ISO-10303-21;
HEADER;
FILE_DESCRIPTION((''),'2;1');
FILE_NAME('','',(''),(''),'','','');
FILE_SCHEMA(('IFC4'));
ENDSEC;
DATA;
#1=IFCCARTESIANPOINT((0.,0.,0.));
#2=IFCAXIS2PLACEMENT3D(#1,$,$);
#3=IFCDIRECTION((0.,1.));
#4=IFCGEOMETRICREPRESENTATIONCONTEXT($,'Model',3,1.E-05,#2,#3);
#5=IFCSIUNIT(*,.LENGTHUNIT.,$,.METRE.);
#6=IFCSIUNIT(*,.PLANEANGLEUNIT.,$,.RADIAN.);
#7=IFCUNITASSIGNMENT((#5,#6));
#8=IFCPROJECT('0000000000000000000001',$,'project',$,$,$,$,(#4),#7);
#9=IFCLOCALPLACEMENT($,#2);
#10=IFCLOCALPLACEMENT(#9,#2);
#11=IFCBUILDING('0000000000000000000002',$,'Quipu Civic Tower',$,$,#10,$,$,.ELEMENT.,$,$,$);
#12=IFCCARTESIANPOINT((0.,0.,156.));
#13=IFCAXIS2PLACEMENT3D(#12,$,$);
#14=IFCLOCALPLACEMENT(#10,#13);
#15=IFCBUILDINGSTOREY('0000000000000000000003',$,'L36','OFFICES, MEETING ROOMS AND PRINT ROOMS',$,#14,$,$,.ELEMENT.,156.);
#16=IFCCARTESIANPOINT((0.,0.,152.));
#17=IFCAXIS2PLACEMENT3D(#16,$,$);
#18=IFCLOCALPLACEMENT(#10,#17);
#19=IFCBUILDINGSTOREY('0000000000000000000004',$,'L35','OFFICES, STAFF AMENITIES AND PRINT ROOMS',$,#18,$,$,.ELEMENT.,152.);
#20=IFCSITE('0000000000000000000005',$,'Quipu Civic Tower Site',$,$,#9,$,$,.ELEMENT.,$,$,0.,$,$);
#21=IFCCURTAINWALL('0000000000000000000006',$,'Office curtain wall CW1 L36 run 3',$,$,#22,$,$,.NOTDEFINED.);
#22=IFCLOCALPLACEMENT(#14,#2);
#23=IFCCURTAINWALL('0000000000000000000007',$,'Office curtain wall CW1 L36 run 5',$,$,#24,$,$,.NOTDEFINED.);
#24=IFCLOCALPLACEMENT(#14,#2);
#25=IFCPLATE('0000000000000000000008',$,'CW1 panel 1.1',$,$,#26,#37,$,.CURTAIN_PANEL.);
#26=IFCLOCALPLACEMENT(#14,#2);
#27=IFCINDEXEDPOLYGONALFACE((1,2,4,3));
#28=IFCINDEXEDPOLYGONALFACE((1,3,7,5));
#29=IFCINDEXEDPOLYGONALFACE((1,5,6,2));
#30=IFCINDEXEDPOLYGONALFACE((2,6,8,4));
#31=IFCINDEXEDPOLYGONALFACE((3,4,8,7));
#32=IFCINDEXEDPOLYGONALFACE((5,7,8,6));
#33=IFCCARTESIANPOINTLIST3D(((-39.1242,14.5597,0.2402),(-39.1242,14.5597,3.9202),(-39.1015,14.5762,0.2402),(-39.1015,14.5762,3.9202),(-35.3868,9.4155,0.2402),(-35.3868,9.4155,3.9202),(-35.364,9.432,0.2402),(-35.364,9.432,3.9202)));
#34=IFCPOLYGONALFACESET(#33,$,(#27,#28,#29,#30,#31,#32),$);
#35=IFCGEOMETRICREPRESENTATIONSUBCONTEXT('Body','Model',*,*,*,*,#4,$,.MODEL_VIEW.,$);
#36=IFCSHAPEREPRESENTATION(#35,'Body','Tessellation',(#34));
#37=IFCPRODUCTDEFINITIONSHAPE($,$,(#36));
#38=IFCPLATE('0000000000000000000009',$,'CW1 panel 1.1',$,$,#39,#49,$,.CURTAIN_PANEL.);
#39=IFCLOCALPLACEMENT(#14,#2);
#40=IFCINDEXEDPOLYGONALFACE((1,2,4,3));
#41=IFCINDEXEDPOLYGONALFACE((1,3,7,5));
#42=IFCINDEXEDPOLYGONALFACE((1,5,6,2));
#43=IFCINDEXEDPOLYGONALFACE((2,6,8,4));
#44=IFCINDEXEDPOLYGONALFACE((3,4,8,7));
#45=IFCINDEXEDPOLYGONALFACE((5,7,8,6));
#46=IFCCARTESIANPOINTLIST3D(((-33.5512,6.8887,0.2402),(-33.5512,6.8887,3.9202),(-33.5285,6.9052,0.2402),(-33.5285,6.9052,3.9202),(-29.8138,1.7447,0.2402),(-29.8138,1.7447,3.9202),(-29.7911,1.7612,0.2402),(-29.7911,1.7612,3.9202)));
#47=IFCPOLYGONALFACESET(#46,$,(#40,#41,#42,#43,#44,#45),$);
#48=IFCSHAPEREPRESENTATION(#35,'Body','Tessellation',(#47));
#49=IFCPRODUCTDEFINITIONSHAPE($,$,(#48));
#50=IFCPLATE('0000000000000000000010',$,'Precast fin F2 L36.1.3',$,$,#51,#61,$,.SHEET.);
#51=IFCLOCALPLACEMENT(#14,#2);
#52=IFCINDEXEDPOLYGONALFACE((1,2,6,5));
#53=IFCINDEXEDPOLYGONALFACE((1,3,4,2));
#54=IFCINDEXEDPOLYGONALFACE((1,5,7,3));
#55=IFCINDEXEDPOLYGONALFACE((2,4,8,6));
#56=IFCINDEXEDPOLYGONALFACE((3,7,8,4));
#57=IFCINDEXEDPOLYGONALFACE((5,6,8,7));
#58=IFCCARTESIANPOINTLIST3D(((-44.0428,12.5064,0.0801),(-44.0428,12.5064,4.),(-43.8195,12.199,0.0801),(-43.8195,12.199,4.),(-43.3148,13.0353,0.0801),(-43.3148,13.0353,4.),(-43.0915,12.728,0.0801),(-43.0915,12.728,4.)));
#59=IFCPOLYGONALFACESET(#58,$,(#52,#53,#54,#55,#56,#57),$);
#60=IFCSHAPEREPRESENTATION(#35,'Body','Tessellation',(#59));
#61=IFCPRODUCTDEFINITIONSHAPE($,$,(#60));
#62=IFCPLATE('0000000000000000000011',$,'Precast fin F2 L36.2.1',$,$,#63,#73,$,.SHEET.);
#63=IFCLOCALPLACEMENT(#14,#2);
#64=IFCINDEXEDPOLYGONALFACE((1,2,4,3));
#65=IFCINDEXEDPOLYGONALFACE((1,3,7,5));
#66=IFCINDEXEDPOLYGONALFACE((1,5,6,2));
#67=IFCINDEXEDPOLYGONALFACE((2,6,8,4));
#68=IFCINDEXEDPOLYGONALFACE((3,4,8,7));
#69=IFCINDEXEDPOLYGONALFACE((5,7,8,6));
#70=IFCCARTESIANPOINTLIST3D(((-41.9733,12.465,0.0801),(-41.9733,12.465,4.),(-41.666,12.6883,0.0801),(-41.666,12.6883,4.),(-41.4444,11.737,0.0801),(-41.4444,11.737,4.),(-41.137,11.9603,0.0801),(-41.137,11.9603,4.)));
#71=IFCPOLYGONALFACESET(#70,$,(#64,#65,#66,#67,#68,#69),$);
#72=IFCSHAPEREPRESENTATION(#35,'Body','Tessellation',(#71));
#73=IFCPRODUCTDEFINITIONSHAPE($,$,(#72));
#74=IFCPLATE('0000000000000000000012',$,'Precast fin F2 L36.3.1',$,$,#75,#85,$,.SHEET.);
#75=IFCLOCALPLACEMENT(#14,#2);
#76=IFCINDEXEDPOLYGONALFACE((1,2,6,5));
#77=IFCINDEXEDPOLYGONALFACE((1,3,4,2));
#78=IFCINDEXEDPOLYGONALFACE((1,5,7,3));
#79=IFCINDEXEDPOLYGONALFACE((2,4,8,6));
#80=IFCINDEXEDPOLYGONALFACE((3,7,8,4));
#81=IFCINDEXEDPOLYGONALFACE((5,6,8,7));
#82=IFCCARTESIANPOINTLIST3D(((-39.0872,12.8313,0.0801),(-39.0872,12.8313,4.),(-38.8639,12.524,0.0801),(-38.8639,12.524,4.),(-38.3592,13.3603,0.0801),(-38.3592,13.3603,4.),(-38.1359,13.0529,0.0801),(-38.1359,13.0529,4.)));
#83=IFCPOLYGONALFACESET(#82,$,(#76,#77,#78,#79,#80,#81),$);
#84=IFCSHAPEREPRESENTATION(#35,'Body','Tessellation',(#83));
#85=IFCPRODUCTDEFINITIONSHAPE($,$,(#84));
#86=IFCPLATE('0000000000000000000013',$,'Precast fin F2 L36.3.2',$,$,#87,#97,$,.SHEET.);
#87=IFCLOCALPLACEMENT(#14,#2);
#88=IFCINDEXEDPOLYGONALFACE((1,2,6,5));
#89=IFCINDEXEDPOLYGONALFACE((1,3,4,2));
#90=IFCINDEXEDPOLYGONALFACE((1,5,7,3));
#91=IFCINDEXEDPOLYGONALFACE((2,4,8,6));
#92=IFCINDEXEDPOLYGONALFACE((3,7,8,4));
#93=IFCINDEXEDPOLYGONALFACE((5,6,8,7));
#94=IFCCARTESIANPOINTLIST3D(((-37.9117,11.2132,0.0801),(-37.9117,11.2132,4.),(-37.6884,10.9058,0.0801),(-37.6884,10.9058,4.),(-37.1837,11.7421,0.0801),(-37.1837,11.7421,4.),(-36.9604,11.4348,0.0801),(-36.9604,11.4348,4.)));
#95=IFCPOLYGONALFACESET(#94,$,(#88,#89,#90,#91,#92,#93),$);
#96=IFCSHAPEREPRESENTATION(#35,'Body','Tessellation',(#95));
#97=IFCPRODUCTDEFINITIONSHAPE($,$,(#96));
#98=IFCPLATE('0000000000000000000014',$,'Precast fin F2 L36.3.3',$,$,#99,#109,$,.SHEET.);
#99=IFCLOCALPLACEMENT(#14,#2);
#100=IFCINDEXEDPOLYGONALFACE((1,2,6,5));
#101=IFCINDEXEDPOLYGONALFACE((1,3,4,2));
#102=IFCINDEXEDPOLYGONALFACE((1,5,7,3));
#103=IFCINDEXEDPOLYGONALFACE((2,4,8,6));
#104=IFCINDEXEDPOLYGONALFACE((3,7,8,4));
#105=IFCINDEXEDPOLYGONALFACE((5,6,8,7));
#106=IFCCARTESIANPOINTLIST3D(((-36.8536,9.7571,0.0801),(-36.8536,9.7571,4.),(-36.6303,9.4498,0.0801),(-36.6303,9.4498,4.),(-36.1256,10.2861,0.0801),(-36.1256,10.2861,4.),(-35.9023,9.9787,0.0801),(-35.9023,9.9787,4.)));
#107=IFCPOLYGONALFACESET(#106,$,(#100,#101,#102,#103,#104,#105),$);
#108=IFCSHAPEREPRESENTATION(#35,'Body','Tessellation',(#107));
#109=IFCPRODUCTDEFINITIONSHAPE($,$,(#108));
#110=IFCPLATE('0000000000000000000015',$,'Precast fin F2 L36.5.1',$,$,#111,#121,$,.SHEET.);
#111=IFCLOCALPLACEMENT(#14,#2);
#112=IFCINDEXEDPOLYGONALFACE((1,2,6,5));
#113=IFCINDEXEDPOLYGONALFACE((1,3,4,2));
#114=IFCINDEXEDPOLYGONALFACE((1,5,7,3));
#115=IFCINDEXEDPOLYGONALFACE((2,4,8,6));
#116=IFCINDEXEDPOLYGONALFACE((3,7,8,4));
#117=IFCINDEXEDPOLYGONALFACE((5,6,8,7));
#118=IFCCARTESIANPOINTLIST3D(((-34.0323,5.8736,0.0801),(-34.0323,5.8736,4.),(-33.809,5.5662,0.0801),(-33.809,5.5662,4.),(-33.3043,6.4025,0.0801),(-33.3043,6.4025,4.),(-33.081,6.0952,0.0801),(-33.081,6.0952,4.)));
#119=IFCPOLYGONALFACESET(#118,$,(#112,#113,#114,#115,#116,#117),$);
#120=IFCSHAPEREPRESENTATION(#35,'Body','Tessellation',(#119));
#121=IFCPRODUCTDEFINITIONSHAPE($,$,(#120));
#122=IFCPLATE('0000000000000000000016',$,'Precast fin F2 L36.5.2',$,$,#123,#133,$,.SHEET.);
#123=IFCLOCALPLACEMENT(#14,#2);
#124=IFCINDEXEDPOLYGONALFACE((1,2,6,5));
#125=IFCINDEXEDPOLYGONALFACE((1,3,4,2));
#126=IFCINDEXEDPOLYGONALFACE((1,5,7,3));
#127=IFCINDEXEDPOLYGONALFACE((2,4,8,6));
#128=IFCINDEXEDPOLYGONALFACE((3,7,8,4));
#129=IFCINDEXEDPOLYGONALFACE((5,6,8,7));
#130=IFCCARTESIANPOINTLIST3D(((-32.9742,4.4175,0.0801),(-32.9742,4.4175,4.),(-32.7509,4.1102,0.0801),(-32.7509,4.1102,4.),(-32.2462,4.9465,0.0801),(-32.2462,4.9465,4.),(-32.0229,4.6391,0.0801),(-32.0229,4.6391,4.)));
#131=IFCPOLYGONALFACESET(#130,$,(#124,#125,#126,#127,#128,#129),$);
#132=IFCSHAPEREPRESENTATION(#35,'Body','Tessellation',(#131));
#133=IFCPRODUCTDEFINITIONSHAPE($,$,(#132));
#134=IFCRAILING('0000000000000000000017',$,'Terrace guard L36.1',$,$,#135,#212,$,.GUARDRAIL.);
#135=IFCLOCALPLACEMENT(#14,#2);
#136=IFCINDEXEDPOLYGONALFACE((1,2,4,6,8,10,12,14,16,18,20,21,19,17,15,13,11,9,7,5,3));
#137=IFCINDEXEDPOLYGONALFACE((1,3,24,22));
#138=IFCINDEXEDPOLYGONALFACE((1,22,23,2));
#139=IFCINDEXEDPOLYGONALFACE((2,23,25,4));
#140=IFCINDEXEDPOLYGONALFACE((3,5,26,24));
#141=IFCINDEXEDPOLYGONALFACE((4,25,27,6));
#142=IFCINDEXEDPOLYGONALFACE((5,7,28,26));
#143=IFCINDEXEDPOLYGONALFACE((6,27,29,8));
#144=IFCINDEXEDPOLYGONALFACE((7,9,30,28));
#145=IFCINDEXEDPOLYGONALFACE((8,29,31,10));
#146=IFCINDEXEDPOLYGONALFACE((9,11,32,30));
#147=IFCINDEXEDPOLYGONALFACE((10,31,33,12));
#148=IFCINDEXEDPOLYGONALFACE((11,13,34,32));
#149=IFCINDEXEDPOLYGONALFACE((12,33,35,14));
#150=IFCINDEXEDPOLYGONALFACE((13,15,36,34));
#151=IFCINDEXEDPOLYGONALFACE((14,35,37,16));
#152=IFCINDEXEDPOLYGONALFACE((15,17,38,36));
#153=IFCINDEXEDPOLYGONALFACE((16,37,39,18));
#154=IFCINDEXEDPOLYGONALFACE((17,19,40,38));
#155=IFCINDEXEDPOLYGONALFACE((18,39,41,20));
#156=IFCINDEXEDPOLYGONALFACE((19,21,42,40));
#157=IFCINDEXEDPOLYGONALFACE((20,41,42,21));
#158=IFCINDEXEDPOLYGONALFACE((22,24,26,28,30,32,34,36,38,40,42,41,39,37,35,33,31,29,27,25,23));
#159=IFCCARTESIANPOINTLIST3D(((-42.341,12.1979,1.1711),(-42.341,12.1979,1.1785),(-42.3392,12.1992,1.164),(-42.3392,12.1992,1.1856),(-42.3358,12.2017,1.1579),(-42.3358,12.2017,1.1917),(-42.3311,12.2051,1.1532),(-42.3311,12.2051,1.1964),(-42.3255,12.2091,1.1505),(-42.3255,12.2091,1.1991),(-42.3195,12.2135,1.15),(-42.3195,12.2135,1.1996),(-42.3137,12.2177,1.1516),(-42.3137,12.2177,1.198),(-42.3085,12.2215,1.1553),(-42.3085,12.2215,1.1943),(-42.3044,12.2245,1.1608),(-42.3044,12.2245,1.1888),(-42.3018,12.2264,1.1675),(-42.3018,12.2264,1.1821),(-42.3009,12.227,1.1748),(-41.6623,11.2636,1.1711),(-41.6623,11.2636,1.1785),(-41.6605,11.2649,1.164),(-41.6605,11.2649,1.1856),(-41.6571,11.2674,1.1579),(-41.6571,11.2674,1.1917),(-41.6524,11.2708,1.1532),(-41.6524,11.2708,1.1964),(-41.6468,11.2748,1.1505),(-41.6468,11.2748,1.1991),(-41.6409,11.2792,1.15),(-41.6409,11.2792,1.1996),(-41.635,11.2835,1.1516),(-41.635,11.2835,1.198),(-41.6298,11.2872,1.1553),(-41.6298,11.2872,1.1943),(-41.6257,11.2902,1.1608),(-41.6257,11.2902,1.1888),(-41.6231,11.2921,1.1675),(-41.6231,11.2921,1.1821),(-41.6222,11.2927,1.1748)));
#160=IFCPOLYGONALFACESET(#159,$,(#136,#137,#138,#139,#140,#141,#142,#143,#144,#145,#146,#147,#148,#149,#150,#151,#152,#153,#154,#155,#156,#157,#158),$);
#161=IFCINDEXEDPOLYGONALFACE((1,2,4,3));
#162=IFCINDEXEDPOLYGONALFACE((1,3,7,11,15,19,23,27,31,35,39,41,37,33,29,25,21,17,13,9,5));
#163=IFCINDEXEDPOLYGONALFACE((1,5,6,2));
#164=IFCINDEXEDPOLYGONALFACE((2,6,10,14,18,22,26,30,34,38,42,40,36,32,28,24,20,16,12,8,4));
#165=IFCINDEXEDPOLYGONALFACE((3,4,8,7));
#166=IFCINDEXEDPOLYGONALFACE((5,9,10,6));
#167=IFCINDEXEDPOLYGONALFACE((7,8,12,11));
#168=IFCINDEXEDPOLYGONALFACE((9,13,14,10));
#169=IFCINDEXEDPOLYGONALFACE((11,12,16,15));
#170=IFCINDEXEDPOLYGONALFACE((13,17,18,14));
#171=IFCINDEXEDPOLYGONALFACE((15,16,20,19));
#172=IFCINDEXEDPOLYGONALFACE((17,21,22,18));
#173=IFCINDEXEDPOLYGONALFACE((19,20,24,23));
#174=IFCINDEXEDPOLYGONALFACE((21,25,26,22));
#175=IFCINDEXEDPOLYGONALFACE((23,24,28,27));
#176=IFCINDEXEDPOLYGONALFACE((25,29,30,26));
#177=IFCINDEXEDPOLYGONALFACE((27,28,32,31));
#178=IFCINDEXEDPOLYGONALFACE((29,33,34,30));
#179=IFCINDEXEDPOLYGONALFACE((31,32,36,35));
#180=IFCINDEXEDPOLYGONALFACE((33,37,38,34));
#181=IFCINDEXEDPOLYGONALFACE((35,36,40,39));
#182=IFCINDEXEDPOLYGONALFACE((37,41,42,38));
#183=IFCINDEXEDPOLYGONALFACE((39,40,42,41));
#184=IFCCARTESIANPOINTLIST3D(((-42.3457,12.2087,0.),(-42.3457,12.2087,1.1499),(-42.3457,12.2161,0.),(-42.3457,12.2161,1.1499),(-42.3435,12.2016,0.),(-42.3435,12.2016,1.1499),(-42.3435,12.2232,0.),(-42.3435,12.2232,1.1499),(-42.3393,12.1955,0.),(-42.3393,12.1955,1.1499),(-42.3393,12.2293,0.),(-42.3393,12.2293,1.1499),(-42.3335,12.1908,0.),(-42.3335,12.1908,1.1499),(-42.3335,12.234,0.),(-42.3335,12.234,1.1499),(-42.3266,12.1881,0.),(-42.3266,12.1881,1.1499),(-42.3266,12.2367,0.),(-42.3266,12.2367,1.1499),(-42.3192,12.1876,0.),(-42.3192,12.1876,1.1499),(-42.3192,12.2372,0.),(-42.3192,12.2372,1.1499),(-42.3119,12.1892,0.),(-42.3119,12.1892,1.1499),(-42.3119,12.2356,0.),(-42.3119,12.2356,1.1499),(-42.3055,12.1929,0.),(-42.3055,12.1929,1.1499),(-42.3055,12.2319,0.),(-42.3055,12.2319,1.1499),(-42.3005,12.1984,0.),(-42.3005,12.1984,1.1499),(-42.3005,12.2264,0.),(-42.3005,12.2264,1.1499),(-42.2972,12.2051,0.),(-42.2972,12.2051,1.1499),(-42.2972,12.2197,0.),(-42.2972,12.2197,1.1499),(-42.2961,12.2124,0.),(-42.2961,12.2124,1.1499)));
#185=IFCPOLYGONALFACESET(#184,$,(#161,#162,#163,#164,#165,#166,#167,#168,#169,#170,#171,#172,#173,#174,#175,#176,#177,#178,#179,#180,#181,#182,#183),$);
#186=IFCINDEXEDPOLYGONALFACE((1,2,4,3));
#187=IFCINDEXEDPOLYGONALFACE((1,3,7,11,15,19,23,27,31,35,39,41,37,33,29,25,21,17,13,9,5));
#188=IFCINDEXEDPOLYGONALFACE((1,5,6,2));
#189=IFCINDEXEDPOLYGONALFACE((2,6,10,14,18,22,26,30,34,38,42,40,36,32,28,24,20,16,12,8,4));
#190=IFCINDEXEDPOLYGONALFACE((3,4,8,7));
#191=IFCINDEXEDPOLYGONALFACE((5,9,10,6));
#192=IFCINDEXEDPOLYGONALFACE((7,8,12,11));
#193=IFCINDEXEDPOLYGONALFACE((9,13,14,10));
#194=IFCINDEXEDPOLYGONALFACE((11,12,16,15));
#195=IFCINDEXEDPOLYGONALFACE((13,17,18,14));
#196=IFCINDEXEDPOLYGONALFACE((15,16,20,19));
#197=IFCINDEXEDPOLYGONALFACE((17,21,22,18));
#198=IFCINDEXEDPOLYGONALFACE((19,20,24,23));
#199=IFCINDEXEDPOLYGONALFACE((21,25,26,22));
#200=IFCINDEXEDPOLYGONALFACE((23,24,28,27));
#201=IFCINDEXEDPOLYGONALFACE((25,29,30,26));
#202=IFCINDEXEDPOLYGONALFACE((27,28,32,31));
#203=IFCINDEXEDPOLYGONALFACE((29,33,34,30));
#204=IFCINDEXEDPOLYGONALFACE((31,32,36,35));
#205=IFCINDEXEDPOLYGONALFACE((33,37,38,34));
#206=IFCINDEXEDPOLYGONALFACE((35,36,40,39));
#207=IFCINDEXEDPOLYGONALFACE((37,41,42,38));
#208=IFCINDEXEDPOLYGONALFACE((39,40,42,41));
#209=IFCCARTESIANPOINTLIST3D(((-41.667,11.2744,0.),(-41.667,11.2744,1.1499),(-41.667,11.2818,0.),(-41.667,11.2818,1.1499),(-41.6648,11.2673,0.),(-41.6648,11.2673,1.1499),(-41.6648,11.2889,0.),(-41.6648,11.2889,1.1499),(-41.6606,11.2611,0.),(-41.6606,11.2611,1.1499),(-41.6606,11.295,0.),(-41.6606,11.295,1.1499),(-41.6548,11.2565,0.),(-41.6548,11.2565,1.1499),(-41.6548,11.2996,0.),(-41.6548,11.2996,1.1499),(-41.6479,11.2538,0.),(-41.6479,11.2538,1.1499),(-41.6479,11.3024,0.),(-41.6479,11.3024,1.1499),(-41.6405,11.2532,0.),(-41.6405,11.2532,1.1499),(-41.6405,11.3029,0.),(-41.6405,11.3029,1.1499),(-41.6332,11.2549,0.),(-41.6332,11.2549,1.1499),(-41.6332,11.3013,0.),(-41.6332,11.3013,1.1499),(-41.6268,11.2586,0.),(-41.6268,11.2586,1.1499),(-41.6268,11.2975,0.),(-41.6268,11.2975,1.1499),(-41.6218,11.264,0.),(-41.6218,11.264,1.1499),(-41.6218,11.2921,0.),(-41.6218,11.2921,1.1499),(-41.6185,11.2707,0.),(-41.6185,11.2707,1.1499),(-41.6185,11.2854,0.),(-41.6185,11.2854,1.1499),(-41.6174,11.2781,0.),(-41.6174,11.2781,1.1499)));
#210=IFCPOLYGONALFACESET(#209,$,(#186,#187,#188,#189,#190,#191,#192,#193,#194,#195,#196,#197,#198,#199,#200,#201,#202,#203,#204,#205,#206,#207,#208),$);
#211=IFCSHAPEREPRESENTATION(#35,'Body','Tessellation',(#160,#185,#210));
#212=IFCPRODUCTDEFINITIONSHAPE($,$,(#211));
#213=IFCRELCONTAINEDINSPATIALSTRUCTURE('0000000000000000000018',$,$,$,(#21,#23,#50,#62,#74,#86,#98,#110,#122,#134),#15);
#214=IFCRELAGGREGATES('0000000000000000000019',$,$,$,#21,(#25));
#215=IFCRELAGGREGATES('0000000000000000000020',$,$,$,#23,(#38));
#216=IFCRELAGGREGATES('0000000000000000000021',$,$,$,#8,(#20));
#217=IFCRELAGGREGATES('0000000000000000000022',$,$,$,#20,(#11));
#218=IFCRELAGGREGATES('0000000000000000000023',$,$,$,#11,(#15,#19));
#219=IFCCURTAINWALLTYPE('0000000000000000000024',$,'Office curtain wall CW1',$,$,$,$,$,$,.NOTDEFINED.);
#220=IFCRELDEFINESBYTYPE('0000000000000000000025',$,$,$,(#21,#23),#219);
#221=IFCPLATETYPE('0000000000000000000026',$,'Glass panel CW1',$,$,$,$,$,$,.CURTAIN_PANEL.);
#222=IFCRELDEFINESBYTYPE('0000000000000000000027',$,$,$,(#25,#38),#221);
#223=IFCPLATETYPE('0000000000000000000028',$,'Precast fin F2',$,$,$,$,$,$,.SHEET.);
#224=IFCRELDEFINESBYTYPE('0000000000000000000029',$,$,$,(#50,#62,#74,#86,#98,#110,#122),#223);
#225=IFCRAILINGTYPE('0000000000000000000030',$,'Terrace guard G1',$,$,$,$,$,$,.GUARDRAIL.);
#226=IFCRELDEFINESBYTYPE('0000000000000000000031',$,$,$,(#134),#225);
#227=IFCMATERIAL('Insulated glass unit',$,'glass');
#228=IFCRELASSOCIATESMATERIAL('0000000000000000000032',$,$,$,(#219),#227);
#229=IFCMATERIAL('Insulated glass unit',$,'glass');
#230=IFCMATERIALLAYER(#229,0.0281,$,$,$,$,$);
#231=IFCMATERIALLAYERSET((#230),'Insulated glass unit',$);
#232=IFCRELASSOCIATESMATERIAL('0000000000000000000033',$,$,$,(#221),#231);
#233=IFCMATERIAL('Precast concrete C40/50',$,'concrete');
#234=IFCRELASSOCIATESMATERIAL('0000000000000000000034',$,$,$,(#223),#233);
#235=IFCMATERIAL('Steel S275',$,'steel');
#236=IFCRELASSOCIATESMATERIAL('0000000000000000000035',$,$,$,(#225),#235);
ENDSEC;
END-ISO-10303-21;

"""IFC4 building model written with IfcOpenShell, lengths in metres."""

from ifc_helpers import new_model, si_unit, direction, frame, origin, origin_2d, place, context, subcontext, project, spatial, rectangle, circle, extrude, material, layer, layer_set, type_object, element, aggregate, save


model = new_model("IFC4")

# Units and contexts
model_context = context("Model", 3, precision=1e-05, world=origin(), true_north=direction((0.0, 1.0)))
body_context = subcontext(model_context, "Body", "Model", "MODEL_VIEW")
ifc_project = project(units=[si_unit("LENGTHUNIT", "METRE"), si_unit("PLANEANGLEUNIT", "RADIAN")], contexts=[model_context])

# Site, building, storey
site_placement = place(None, origin())
site = spatial("IfcSite", under=ifc_project, at=site_placement, Name="Quipu Civic Tower Site", CompositionType="ELEMENT", RefElevation=0.0)
building_placement = place(site_placement, origin())
building = spatial("IfcBuilding", under=site, at=building_placement, Name="Quipu Civic Tower", CompositionType="ELEMENT")
storey_1_placement = place(building_placement, frame((0.0, 0.0, 156.0)))
storey_1 = spatial("IfcBuildingStorey", under=building, at=storey_1_placement, Name="L36", Description="OFFICES, MEETING ROOMS AND PRINT ROOMS", CompositionType="ELEMENT", Elevation=156.0)

# Curtain walls
ifc_material_1 = material(Name="Insulated glass unit", Category="glass")
curtain_wall_type = type_object("IfcCurtainWallType", Name="Office curtain wall CW1", PredefinedType="NOTDEFINED", material=ifc_material_1)
curtain_wall_1_placement = place(storey_1_placement, origin())
curtain_wall_1 = element("IfcCurtainWall", 1, at=curtain_wall_1_placement, inside=storey_1, type_object=curtain_wall_type, Name="Office curtain wall CW1 L36 run 3", PredefinedType="NOTDEFINED")
curtain_wall_2_placement = place(storey_1_placement, origin())
curtain_wall_2 = element("IfcCurtainWall", 2, at=curtain_wall_2_placement, inside=storey_1, type_object=curtain_wall_type, Name="Office curtain wall CW1 L36 run 5", PredefinedType="NOTDEFINED")

# Shared definitions
storey_2_placement = place(building_placement, frame((0.0, 0.0, 152.0)))
storey_2 = spatial("IfcBuildingStorey", under=building, at=storey_2_placement, Name="L35", Description="OFFICES, STAFF AMENITIES AND PRINT ROOMS", CompositionType="ELEMENT", Elevation=152.0)

# Plates
ifc_material_2 = material(Name="Insulated glass unit", Category="glass")
ifc_layer = layer(ifc_material_2, 0.0281)
ifc_layer_set = layer_set([ifc_layer], Name="Insulated glass unit")
plate_type_1 = type_object("IfcPlateType", Name="Glass panel CW1", PredefinedType="CURTAIN_PANEL", material=ifc_layer_set)
plate_1_placement = place(storey_1_placement, frame((-37.2441, 11.9958, 0.2402), z_axis=(0.0, 0.0, 1.0), x_axis=(0.587778, -0.809022, 0.0)))
plate_1 = element("IfcPlate", 3, at=plate_1_placement, type_object=plate_type_1, Name="CW1 panel 1.1", PredefinedType="CURTAIN_PANEL", context=body_context, shape_type="SweptSolid", body=[
    extrude(rectangle(XDim=6.3586, YDim=0.0281, at=origin_2d()), origin(), (0.0, 0.0, 1.0), 3.6799),
])
aggregate(curtain_wall_1, [plate_1])
plate_2_placement = place(storey_1_placement, frame((-31.6711, 4.325, 0.2402), z_axis=(0.0, 0.0, 1.0), x_axis=(0.587783, -0.809019, 0.0)))
plate_2 = element("IfcPlate", 4, at=plate_2_placement, type_object=plate_type_1, Name="CW1 panel 1.1", PredefinedType="CURTAIN_PANEL", context=body_context, shape_type="SweptSolid", body=[
    extrude(rectangle(XDim=6.3584, YDim=0.0281, at=origin_2d()), origin(), (0.0, 0.0, 1.0), 3.6799),
])
aggregate(curtain_wall_2, [plate_2])

# Plates
ifc_material_3 = material(Name="Precast concrete C40/50", Category="concrete")
plate_type_2 = type_object("IfcPlateType", Name="Precast fin F2", PredefinedType="SHEET", material=ifc_material_3)
for number, where, z_axis, x_axis, name in (
    (5, (-43.5671, 12.6172, 0.0801), (0.0, 0.0, 1.0), (0.587788, -0.809015, 0.0), "Precast fin F2 L36.1.3"),
    (6, (-41.5552, 12.2126, 0.0801), (0.0, 0.0, 1.0), (0.809019, 0.587782, 0.0), "Precast fin F2 L36.2.1"),
    (7, (-38.6116, 12.9421, 0.0801), (0.0, 0.0, 1.0), (0.587784, -0.809018, 0.0), "Precast fin F2 L36.3.1"),
    (8, (-37.436, 11.324, 0.0801), (0.0, 0.0, 1.0), (0.587784, -0.809018, 0.0), "Precast fin F2 L36.3.2"),
    (9, (-36.3779, 9.8679, 0.0801), (0.0, 0.0, 1.0), (0.587784, -0.809018, 0.0), "Precast fin F2 L36.3.3"),
    (10, (-33.5566, 5.9844, 0.0801), (0.0, 0.0, 1.0), (0.587784, -0.809018, 0.0), "Precast fin F2 L36.5.1"),
    (11, (-32.4985, 4.5283, 0.0801), (0.0, 0.0, 1.0), (0.587784, -0.809018, 0.0), "Precast fin F2 L36.5.2"),
):
    element("IfcPlate", number, at=place(storey_1_placement, frame(where, z_axis=z_axis, x_axis=x_axis)), inside=storey_1, type_object=plate_type_2, Name=name, PredefinedType="SHEET", context=body_context, shape_type="SweptSolid", body=[
        extrude(rectangle(XDim=0.3799, YDim=0.8999, at=origin_2d()), origin(), (0.0, 0.0, 1.0), 3.9199),
    ])

# Railing
ifc_material_4 = material(Name="Steel S275", Category="steel")
railing_type = type_object("IfcRailingType", Name="Terrace guard G1", PredefinedType="GUARDRAIL", material=ifc_material_4)
railing_1_placement = place(storey_1_placement, frame((-42.321, 12.2124, 0.0)))
element("IfcRailing", 12, at=railing_1_placement, inside=storey_1, type_object=railing_type, Name="Terrace guard L36.1", PredefinedType="GUARDRAIL", context=body_context, shape_type="SweptSolid", body=[
    extrude(circle(Radius=0.0249, at=origin_2d()), frame((0.0, 0.0, 1.1748), z_axis=(0.587719, -0.809065, 0.0), x_axis=(0.809065, 0.587719, 0.0)), (0.0, 0.0, 1.0), 1.1548),
    extrude(circle(Radius=0.0249, at=origin_2d()), origin(), (0.0, 0.0, 1.0), 1.1499),
    extrude(circle(Radius=0.0249, at=origin_2d()), frame((0.6787, -0.9343, 0.0)), (0.0, 0.0, 1.0), 1.1499),
])

save(model, "model.ifc")
